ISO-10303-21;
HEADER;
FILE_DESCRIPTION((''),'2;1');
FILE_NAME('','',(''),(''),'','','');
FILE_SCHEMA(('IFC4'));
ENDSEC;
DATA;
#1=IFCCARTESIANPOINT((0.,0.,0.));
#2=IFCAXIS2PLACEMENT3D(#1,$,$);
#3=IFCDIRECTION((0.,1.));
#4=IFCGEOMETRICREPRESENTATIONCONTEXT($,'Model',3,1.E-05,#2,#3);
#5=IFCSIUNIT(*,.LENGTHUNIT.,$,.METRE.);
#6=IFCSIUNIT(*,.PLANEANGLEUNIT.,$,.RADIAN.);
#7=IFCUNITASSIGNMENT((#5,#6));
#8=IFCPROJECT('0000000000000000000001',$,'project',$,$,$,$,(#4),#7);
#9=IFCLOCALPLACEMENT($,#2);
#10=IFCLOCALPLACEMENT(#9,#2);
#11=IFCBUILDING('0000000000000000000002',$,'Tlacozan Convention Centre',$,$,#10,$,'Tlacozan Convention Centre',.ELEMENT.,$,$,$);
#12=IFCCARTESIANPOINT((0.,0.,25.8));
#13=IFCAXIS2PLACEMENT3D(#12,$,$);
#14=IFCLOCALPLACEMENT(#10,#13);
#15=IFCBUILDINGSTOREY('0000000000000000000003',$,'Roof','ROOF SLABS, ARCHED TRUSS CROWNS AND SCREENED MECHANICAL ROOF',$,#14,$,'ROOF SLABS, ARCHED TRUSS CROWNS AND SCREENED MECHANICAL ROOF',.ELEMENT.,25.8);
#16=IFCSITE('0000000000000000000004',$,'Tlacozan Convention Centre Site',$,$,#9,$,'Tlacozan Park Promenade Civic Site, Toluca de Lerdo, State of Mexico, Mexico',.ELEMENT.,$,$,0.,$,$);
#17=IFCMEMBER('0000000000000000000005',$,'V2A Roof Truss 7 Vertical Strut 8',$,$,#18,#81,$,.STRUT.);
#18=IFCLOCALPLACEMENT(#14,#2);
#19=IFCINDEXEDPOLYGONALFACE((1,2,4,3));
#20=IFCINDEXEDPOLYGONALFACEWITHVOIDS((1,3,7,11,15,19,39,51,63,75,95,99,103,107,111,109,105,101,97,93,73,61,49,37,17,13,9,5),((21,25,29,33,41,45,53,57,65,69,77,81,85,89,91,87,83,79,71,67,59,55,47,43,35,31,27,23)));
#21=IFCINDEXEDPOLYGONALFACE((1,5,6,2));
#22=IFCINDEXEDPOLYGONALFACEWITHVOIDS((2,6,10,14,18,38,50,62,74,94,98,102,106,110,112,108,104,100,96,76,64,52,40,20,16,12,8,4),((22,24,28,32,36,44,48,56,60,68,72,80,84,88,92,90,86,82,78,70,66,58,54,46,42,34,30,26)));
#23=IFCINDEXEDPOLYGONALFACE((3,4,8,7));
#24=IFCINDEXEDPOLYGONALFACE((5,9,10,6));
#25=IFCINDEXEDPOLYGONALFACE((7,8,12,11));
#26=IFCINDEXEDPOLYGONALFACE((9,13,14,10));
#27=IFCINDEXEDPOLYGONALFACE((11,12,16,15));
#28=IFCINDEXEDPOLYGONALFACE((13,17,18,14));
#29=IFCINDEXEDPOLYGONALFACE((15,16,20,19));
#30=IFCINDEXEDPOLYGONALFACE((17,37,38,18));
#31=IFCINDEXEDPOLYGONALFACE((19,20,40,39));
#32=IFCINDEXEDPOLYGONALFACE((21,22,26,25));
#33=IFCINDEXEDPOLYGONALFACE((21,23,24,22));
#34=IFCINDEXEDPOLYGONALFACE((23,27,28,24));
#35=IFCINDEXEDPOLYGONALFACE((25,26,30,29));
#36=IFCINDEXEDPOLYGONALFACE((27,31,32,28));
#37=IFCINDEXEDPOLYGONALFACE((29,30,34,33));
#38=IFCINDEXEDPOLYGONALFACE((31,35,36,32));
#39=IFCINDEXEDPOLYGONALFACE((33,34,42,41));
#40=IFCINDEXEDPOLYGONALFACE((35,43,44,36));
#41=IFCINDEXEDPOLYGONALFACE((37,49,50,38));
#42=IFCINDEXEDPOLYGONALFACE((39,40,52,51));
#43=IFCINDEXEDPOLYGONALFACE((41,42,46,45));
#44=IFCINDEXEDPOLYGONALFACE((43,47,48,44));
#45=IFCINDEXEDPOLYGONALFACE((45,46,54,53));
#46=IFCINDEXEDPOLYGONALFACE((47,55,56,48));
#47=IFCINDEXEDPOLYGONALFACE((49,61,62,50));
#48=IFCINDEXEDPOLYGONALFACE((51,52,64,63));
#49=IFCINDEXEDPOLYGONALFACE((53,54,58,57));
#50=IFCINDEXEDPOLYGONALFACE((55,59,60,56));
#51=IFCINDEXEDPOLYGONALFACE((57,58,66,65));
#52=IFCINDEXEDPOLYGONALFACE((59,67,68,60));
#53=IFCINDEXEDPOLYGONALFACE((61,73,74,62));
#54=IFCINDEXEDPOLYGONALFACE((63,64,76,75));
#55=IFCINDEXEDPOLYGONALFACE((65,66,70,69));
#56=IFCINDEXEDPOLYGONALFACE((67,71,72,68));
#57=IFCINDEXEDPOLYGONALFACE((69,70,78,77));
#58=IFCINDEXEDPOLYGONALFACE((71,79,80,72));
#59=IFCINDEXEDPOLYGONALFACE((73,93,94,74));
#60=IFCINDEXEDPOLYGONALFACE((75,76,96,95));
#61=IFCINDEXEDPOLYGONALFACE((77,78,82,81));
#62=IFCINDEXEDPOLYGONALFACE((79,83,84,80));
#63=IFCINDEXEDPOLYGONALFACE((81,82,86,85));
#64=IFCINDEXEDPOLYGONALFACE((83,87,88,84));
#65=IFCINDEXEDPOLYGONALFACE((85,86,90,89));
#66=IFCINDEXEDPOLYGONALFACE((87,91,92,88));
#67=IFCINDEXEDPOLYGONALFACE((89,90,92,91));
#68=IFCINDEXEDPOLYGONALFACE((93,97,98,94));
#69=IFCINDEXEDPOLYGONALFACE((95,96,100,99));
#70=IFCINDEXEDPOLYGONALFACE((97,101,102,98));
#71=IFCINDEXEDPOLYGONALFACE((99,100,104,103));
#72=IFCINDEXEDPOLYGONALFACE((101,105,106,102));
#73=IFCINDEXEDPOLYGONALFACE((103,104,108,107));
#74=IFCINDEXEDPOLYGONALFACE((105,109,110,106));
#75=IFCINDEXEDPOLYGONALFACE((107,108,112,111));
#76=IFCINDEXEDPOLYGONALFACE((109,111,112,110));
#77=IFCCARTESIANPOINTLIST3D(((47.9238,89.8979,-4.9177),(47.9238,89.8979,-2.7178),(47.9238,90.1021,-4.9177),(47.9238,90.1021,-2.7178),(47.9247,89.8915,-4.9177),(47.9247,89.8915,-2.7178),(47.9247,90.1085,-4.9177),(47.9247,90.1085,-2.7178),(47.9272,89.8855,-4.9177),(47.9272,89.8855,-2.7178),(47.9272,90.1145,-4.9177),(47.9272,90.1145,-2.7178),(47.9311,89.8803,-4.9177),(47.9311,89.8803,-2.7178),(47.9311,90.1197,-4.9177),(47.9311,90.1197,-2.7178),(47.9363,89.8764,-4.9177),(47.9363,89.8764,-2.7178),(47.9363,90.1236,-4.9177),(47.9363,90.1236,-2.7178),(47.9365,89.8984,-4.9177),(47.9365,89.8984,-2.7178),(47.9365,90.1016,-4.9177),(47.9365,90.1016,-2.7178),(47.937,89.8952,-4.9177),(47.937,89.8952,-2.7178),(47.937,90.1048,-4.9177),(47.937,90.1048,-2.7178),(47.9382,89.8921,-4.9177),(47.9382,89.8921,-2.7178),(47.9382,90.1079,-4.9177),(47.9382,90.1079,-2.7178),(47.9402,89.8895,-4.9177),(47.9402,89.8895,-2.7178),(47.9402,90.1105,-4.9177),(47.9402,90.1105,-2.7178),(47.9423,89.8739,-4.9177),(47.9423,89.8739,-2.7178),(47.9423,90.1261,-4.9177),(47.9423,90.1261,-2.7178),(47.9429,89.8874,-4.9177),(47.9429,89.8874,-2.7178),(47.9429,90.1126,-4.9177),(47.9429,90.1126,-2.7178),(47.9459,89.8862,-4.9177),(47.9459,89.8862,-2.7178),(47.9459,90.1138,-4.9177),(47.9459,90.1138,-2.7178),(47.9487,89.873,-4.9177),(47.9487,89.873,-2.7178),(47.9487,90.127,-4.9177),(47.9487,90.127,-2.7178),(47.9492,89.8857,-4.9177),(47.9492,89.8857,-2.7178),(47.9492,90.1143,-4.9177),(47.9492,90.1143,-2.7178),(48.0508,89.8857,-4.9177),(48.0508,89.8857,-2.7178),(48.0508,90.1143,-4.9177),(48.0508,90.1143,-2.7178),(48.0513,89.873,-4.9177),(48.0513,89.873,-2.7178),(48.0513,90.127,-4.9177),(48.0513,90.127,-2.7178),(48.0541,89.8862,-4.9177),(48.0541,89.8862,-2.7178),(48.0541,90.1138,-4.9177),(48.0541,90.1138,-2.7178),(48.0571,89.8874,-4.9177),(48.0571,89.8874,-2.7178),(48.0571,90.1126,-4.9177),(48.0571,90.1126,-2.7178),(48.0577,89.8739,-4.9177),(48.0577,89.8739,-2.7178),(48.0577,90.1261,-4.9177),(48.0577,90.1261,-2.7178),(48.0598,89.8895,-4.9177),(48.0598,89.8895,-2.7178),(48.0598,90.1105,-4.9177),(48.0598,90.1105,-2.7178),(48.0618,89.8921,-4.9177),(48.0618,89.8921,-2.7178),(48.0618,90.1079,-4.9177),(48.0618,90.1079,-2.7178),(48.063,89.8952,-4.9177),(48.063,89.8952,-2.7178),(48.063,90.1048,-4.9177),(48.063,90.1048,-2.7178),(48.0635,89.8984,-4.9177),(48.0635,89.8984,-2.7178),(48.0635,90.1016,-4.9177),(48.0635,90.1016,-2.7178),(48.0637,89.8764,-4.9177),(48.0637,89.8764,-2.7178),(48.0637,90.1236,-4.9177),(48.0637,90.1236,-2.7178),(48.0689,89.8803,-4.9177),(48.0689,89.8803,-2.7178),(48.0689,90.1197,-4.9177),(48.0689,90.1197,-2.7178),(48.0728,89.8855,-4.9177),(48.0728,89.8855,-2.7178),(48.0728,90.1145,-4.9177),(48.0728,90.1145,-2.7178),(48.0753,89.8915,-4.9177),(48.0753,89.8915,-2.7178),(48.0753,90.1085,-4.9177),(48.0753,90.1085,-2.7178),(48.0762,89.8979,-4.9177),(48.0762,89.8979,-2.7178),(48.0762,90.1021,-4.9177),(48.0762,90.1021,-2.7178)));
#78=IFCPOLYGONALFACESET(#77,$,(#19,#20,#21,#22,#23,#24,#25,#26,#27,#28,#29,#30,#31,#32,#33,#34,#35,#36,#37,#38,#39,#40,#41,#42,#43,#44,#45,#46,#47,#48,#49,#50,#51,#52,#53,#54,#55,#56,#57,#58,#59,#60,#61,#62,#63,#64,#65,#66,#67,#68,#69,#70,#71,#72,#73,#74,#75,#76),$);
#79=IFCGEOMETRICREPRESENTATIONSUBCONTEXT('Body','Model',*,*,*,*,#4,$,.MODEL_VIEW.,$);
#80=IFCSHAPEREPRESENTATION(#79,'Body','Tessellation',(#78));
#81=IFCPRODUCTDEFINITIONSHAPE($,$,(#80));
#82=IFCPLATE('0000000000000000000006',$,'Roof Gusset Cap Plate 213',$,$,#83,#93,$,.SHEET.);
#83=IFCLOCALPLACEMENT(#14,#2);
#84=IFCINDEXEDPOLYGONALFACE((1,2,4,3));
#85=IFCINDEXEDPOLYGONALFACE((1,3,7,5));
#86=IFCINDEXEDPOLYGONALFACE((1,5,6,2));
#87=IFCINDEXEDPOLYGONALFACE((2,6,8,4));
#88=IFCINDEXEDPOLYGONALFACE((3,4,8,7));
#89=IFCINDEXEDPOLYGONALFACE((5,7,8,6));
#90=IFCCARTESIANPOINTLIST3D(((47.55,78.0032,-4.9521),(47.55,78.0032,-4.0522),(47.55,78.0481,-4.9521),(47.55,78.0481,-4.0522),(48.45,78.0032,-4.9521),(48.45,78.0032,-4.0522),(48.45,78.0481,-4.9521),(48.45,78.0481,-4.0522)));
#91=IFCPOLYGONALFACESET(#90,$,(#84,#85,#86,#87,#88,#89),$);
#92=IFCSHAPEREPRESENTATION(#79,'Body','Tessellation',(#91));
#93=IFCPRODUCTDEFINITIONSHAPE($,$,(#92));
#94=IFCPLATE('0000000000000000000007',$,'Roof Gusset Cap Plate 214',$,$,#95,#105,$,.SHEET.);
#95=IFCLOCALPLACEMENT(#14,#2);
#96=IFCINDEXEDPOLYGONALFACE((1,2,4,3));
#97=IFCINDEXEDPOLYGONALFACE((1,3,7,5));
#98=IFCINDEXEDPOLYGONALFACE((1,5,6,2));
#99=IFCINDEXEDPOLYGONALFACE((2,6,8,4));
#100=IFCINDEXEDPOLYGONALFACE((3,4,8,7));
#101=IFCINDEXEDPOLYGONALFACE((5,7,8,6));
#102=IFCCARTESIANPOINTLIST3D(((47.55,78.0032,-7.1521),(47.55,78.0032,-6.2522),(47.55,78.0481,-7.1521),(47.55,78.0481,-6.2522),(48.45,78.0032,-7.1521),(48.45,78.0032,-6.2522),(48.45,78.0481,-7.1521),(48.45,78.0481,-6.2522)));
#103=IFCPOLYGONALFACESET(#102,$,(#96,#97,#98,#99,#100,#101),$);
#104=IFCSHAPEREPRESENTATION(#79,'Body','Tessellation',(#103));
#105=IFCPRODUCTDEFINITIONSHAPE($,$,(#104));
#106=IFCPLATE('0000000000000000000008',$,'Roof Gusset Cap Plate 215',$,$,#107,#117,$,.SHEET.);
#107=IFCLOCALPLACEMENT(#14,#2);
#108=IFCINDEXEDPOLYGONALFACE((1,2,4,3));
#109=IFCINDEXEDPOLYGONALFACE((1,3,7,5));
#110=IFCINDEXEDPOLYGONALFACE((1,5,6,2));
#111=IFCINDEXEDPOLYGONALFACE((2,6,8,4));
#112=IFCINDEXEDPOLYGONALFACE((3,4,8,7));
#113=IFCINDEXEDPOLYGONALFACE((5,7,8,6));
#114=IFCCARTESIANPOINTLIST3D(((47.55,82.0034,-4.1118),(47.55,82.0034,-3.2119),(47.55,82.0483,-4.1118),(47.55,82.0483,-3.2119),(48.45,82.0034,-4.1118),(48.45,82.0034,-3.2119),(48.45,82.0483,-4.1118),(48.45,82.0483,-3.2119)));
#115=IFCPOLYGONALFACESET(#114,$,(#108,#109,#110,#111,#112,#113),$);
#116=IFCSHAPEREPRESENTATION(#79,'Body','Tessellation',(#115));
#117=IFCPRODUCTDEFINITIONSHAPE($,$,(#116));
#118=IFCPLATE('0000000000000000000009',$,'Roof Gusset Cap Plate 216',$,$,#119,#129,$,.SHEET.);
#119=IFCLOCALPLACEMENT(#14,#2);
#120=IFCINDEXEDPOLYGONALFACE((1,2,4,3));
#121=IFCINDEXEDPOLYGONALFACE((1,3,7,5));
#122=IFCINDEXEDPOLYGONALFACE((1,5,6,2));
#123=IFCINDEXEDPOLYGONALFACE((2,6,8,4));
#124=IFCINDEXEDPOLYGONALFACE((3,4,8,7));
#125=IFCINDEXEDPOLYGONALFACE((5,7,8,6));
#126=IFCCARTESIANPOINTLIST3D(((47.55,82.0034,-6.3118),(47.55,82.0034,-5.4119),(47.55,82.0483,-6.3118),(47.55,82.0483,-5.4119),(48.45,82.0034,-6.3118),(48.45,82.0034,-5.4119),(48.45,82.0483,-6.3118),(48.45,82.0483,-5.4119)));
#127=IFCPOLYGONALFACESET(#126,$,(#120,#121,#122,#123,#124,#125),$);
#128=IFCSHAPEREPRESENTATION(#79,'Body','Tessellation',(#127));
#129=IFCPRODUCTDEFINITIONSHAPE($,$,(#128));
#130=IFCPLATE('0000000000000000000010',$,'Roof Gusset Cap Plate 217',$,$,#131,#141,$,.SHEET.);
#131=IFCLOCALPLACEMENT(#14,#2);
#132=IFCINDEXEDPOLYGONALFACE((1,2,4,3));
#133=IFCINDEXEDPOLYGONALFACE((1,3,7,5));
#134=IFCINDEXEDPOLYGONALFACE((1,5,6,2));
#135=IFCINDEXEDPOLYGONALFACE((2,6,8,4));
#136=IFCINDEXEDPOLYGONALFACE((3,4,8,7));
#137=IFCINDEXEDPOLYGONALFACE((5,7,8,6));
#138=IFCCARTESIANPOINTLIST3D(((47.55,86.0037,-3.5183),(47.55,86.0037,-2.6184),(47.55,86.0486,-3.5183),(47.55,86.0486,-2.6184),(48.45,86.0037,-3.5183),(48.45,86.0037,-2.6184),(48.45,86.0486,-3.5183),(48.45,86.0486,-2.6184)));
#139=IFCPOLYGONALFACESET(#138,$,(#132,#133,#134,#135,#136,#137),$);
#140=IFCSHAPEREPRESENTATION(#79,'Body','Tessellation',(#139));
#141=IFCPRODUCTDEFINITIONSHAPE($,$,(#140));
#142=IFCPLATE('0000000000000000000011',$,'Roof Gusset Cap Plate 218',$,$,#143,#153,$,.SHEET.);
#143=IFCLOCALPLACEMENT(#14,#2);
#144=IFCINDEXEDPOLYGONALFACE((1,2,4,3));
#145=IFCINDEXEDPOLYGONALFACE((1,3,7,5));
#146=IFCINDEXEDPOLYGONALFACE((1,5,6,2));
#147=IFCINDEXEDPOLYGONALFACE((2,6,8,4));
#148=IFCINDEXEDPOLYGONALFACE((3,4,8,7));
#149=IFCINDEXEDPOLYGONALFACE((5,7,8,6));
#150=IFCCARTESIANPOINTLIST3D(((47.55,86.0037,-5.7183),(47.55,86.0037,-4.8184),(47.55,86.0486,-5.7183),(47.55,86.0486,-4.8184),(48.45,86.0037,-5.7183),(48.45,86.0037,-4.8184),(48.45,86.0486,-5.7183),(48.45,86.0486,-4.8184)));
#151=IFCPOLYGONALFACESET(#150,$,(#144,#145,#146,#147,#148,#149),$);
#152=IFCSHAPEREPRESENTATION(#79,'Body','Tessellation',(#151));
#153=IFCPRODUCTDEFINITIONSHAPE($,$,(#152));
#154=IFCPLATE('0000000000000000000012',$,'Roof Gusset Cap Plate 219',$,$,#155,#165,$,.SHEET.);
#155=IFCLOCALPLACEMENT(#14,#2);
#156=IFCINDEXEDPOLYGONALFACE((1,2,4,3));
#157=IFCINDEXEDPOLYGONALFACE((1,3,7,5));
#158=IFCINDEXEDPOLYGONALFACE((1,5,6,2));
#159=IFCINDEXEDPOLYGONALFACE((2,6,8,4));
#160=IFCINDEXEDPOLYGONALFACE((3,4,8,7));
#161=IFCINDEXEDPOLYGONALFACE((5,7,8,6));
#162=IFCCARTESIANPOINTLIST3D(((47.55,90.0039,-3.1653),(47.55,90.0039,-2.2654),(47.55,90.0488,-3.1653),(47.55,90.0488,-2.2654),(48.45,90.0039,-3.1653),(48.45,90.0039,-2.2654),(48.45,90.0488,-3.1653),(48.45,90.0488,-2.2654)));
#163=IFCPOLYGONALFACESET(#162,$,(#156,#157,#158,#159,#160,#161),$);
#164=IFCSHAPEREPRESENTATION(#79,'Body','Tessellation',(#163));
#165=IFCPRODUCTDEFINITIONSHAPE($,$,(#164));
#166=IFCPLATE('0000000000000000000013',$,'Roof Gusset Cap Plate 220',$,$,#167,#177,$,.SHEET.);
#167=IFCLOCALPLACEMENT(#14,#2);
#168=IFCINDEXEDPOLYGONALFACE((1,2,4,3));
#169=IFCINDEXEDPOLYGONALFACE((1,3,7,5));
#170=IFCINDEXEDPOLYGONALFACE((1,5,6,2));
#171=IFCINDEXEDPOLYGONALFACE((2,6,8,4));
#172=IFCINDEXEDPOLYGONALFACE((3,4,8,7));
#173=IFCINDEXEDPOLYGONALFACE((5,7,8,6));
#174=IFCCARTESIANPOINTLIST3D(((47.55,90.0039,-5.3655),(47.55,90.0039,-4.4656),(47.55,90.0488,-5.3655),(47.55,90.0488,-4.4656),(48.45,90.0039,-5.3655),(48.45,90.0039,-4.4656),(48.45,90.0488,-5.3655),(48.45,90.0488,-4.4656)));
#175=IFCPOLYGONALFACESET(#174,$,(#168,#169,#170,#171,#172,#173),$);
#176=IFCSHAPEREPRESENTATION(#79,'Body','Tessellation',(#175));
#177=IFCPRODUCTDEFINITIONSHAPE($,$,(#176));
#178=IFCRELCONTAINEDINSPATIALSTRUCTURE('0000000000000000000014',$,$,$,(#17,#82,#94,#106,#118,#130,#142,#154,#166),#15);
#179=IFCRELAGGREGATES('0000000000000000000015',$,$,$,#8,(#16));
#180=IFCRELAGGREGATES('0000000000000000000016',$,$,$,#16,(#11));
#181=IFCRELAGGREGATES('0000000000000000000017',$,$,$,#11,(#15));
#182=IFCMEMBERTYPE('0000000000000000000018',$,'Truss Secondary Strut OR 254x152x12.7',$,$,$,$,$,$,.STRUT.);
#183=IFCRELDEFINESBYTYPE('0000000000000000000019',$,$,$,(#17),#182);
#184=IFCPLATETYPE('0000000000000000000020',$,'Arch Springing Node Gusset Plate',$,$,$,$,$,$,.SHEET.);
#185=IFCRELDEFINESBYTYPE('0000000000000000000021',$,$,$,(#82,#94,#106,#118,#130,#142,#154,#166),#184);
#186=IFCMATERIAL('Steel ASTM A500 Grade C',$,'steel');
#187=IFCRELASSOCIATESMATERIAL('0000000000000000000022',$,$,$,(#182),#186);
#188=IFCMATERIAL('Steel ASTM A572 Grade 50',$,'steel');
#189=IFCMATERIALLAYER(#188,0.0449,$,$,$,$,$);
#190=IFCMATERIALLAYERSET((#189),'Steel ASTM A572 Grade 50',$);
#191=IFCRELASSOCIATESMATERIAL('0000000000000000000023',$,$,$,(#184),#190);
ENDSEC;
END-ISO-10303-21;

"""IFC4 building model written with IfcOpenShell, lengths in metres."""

from ifc_helpers import new_model, si_unit, direction, frame, origin, origin_2d, place, context, subcontext, project, spatial, rectangle, hollow_rectangle, extrude, material, layer, layer_set, material_profile, profile_set, type_object, element, save


model = new_model("IFC4")

# Units and contexts
model_context = context("Model", 3, precision=1e-05, world=origin(), true_north=direction((0.0, 1.0)))
body_context = subcontext(model_context, "Body", "Model", "MODEL_VIEW")
ifc_project = project(units=[si_unit("LENGTHUNIT", "METRE"), si_unit("PLANEANGLEUNIT", "RADIAN")], contexts=[model_context])

# Site, building, storey
site_placement = place(None, origin())
site = spatial("IfcSite", under=ifc_project, at=site_placement, Name="Tlacozan Convention Centre Site", LongName="Tlacozan Park Promenade Civic Site, Toluca de Lerdo, State of Mexico, Mexico", CompositionType="ELEMENT", RefElevation=0.0)
building_placement = place(site_placement, origin())
building = spatial("IfcBuilding", under=site, at=building_placement, Name="Tlacozan Convention Centre", LongName="Tlacozan Convention Centre", CompositionType="ELEMENT")
storey_placement = place(building_placement, frame((0.0, 0.0, 25.8)))
storey = spatial("IfcBuildingStorey", under=building, at=storey_placement, Name="Roof", Description="ROOF SLABS, ARCHED TRUSS CROWNS AND SCREENED MECHANICAL ROOF", LongName="ROOF SLABS, ARCHED TRUSS CROWNS AND SCREENED MECHANICAL ROOF", CompositionType="ELEMENT", Elevation=25.8)

# Member
ifc_material_1 = material(Name="Steel ASTM A500 Grade C", Category="steel")
ifc_material_profile_1 = material_profile(ifc_material_1, hollow_rectangle(XDim=0.1523, YDim=0.2539, WallThickness=0.0127, InnerFilletRadius=0.0127, OuterFilletRadius=0.0249, at=origin_2d()), Name="OR 254x152x12.7")
ifc_profile_set_1 = profile_set([ifc_material_profile_1], Name="Steel ASTM A500 Grade C")
member_type_1 = type_object("IfcMemberType", Name="Truss Secondary Strut OR 254x152x12.7", PredefinedType="STRUT", material=ifc_profile_set_1)
for number, where, z_axis, x_axis, name in (
    (1, (48.0, 90.0, -4.9177), (0.0, 0.0, 1.0), (1.0, 0.0, 0.0), "V2A Roof Truss 7 Vertical Strut 8"),
):
    element("IfcMember", number, at=place(storey_placement, frame(where, z_axis=z_axis, x_axis=x_axis)), inside=storey, type_object=member_type_1, Name=name, PredefinedType="STRUT", context=body_context, shape_type="SweptSolid", body=[
        extrude(hollow_rectangle(XDim=0.1523, YDim=0.2539, WallThickness=0.0127, InnerFilletRadius=0.0127, OuterFilletRadius=0.0249, at=origin_2d()), origin(), (0.0, 0.0, 1.0), 2.2),
    ])

# Plates
ifc_material_2 = material(Name="Steel ASTM A572 Grade 50", Category="steel")
ifc_layer = layer(ifc_material_2, 0.0449)
ifc_layer_set = layer_set([ifc_layer], Name="Steel ASTM A572 Grade 50")
plate_type = type_object("IfcPlateType", Name="Arch Springing Node Gusset Plate", PredefinedType="SHEET", material=ifc_layer_set)
for number, where, z_axis, x_axis, name in (
    (2, (48.0, 78.0256, -4.9521), (0.0, 0.0, 1.0), (0.0, 1.0, 0.0), "Roof Gusset Cap Plate 213"),
    (3, (48.0, 78.0256, -7.1521), (0.0, 0.0, 1.0), (0.0, 1.0, 0.0), "Roof Gusset Cap Plate 214"),
    (4, (48.0, 82.0259, -4.1118), (0.0, 0.0, 1.0), (0.0, 1.0, 0.0), "Roof Gusset Cap Plate 215"),
    (5, (48.0, 82.0259, -6.3118), (0.0, 0.0, 1.0), (0.0, 1.0, 0.0), "Roof Gusset Cap Plate 216"),
    (6, (48.0, 86.0261, -3.5183), (0.0, 0.0, 1.0), (0.0, 1.0, 0.0), "Roof Gusset Cap Plate 217"),
    (7, (48.0, 86.0261, -5.7183), (0.0, 0.0, 1.0), (0.0, 1.0, 0.0), "Roof Gusset Cap Plate 218"),
    (8, (48.0, 90.0264, -3.1653), (0.0, 0.0, 1.0), (0.0, 1.0, 0.0), "Roof Gusset Cap Plate 219"),
    (9, (48.0, 90.0264, -5.3655), (0.0, 0.0, 1.0), (0.0, 1.0, 0.0), "Roof Gusset Cap Plate 220"),
):
    element("IfcPlate", number, at=place(storey_placement, frame(where, z_axis=z_axis, x_axis=x_axis)), inside=storey, type_object=plate_type, Name=name, PredefinedType="SHEET", context=body_context, shape_type="SweptSolid", body=[
        extrude(rectangle(XDim=0.0449, YDim=0.8999, at=origin_2d()), origin(), (0.0, 0.0, 1.0), 0.8999),
    ])

save(model, "model.ifc")
